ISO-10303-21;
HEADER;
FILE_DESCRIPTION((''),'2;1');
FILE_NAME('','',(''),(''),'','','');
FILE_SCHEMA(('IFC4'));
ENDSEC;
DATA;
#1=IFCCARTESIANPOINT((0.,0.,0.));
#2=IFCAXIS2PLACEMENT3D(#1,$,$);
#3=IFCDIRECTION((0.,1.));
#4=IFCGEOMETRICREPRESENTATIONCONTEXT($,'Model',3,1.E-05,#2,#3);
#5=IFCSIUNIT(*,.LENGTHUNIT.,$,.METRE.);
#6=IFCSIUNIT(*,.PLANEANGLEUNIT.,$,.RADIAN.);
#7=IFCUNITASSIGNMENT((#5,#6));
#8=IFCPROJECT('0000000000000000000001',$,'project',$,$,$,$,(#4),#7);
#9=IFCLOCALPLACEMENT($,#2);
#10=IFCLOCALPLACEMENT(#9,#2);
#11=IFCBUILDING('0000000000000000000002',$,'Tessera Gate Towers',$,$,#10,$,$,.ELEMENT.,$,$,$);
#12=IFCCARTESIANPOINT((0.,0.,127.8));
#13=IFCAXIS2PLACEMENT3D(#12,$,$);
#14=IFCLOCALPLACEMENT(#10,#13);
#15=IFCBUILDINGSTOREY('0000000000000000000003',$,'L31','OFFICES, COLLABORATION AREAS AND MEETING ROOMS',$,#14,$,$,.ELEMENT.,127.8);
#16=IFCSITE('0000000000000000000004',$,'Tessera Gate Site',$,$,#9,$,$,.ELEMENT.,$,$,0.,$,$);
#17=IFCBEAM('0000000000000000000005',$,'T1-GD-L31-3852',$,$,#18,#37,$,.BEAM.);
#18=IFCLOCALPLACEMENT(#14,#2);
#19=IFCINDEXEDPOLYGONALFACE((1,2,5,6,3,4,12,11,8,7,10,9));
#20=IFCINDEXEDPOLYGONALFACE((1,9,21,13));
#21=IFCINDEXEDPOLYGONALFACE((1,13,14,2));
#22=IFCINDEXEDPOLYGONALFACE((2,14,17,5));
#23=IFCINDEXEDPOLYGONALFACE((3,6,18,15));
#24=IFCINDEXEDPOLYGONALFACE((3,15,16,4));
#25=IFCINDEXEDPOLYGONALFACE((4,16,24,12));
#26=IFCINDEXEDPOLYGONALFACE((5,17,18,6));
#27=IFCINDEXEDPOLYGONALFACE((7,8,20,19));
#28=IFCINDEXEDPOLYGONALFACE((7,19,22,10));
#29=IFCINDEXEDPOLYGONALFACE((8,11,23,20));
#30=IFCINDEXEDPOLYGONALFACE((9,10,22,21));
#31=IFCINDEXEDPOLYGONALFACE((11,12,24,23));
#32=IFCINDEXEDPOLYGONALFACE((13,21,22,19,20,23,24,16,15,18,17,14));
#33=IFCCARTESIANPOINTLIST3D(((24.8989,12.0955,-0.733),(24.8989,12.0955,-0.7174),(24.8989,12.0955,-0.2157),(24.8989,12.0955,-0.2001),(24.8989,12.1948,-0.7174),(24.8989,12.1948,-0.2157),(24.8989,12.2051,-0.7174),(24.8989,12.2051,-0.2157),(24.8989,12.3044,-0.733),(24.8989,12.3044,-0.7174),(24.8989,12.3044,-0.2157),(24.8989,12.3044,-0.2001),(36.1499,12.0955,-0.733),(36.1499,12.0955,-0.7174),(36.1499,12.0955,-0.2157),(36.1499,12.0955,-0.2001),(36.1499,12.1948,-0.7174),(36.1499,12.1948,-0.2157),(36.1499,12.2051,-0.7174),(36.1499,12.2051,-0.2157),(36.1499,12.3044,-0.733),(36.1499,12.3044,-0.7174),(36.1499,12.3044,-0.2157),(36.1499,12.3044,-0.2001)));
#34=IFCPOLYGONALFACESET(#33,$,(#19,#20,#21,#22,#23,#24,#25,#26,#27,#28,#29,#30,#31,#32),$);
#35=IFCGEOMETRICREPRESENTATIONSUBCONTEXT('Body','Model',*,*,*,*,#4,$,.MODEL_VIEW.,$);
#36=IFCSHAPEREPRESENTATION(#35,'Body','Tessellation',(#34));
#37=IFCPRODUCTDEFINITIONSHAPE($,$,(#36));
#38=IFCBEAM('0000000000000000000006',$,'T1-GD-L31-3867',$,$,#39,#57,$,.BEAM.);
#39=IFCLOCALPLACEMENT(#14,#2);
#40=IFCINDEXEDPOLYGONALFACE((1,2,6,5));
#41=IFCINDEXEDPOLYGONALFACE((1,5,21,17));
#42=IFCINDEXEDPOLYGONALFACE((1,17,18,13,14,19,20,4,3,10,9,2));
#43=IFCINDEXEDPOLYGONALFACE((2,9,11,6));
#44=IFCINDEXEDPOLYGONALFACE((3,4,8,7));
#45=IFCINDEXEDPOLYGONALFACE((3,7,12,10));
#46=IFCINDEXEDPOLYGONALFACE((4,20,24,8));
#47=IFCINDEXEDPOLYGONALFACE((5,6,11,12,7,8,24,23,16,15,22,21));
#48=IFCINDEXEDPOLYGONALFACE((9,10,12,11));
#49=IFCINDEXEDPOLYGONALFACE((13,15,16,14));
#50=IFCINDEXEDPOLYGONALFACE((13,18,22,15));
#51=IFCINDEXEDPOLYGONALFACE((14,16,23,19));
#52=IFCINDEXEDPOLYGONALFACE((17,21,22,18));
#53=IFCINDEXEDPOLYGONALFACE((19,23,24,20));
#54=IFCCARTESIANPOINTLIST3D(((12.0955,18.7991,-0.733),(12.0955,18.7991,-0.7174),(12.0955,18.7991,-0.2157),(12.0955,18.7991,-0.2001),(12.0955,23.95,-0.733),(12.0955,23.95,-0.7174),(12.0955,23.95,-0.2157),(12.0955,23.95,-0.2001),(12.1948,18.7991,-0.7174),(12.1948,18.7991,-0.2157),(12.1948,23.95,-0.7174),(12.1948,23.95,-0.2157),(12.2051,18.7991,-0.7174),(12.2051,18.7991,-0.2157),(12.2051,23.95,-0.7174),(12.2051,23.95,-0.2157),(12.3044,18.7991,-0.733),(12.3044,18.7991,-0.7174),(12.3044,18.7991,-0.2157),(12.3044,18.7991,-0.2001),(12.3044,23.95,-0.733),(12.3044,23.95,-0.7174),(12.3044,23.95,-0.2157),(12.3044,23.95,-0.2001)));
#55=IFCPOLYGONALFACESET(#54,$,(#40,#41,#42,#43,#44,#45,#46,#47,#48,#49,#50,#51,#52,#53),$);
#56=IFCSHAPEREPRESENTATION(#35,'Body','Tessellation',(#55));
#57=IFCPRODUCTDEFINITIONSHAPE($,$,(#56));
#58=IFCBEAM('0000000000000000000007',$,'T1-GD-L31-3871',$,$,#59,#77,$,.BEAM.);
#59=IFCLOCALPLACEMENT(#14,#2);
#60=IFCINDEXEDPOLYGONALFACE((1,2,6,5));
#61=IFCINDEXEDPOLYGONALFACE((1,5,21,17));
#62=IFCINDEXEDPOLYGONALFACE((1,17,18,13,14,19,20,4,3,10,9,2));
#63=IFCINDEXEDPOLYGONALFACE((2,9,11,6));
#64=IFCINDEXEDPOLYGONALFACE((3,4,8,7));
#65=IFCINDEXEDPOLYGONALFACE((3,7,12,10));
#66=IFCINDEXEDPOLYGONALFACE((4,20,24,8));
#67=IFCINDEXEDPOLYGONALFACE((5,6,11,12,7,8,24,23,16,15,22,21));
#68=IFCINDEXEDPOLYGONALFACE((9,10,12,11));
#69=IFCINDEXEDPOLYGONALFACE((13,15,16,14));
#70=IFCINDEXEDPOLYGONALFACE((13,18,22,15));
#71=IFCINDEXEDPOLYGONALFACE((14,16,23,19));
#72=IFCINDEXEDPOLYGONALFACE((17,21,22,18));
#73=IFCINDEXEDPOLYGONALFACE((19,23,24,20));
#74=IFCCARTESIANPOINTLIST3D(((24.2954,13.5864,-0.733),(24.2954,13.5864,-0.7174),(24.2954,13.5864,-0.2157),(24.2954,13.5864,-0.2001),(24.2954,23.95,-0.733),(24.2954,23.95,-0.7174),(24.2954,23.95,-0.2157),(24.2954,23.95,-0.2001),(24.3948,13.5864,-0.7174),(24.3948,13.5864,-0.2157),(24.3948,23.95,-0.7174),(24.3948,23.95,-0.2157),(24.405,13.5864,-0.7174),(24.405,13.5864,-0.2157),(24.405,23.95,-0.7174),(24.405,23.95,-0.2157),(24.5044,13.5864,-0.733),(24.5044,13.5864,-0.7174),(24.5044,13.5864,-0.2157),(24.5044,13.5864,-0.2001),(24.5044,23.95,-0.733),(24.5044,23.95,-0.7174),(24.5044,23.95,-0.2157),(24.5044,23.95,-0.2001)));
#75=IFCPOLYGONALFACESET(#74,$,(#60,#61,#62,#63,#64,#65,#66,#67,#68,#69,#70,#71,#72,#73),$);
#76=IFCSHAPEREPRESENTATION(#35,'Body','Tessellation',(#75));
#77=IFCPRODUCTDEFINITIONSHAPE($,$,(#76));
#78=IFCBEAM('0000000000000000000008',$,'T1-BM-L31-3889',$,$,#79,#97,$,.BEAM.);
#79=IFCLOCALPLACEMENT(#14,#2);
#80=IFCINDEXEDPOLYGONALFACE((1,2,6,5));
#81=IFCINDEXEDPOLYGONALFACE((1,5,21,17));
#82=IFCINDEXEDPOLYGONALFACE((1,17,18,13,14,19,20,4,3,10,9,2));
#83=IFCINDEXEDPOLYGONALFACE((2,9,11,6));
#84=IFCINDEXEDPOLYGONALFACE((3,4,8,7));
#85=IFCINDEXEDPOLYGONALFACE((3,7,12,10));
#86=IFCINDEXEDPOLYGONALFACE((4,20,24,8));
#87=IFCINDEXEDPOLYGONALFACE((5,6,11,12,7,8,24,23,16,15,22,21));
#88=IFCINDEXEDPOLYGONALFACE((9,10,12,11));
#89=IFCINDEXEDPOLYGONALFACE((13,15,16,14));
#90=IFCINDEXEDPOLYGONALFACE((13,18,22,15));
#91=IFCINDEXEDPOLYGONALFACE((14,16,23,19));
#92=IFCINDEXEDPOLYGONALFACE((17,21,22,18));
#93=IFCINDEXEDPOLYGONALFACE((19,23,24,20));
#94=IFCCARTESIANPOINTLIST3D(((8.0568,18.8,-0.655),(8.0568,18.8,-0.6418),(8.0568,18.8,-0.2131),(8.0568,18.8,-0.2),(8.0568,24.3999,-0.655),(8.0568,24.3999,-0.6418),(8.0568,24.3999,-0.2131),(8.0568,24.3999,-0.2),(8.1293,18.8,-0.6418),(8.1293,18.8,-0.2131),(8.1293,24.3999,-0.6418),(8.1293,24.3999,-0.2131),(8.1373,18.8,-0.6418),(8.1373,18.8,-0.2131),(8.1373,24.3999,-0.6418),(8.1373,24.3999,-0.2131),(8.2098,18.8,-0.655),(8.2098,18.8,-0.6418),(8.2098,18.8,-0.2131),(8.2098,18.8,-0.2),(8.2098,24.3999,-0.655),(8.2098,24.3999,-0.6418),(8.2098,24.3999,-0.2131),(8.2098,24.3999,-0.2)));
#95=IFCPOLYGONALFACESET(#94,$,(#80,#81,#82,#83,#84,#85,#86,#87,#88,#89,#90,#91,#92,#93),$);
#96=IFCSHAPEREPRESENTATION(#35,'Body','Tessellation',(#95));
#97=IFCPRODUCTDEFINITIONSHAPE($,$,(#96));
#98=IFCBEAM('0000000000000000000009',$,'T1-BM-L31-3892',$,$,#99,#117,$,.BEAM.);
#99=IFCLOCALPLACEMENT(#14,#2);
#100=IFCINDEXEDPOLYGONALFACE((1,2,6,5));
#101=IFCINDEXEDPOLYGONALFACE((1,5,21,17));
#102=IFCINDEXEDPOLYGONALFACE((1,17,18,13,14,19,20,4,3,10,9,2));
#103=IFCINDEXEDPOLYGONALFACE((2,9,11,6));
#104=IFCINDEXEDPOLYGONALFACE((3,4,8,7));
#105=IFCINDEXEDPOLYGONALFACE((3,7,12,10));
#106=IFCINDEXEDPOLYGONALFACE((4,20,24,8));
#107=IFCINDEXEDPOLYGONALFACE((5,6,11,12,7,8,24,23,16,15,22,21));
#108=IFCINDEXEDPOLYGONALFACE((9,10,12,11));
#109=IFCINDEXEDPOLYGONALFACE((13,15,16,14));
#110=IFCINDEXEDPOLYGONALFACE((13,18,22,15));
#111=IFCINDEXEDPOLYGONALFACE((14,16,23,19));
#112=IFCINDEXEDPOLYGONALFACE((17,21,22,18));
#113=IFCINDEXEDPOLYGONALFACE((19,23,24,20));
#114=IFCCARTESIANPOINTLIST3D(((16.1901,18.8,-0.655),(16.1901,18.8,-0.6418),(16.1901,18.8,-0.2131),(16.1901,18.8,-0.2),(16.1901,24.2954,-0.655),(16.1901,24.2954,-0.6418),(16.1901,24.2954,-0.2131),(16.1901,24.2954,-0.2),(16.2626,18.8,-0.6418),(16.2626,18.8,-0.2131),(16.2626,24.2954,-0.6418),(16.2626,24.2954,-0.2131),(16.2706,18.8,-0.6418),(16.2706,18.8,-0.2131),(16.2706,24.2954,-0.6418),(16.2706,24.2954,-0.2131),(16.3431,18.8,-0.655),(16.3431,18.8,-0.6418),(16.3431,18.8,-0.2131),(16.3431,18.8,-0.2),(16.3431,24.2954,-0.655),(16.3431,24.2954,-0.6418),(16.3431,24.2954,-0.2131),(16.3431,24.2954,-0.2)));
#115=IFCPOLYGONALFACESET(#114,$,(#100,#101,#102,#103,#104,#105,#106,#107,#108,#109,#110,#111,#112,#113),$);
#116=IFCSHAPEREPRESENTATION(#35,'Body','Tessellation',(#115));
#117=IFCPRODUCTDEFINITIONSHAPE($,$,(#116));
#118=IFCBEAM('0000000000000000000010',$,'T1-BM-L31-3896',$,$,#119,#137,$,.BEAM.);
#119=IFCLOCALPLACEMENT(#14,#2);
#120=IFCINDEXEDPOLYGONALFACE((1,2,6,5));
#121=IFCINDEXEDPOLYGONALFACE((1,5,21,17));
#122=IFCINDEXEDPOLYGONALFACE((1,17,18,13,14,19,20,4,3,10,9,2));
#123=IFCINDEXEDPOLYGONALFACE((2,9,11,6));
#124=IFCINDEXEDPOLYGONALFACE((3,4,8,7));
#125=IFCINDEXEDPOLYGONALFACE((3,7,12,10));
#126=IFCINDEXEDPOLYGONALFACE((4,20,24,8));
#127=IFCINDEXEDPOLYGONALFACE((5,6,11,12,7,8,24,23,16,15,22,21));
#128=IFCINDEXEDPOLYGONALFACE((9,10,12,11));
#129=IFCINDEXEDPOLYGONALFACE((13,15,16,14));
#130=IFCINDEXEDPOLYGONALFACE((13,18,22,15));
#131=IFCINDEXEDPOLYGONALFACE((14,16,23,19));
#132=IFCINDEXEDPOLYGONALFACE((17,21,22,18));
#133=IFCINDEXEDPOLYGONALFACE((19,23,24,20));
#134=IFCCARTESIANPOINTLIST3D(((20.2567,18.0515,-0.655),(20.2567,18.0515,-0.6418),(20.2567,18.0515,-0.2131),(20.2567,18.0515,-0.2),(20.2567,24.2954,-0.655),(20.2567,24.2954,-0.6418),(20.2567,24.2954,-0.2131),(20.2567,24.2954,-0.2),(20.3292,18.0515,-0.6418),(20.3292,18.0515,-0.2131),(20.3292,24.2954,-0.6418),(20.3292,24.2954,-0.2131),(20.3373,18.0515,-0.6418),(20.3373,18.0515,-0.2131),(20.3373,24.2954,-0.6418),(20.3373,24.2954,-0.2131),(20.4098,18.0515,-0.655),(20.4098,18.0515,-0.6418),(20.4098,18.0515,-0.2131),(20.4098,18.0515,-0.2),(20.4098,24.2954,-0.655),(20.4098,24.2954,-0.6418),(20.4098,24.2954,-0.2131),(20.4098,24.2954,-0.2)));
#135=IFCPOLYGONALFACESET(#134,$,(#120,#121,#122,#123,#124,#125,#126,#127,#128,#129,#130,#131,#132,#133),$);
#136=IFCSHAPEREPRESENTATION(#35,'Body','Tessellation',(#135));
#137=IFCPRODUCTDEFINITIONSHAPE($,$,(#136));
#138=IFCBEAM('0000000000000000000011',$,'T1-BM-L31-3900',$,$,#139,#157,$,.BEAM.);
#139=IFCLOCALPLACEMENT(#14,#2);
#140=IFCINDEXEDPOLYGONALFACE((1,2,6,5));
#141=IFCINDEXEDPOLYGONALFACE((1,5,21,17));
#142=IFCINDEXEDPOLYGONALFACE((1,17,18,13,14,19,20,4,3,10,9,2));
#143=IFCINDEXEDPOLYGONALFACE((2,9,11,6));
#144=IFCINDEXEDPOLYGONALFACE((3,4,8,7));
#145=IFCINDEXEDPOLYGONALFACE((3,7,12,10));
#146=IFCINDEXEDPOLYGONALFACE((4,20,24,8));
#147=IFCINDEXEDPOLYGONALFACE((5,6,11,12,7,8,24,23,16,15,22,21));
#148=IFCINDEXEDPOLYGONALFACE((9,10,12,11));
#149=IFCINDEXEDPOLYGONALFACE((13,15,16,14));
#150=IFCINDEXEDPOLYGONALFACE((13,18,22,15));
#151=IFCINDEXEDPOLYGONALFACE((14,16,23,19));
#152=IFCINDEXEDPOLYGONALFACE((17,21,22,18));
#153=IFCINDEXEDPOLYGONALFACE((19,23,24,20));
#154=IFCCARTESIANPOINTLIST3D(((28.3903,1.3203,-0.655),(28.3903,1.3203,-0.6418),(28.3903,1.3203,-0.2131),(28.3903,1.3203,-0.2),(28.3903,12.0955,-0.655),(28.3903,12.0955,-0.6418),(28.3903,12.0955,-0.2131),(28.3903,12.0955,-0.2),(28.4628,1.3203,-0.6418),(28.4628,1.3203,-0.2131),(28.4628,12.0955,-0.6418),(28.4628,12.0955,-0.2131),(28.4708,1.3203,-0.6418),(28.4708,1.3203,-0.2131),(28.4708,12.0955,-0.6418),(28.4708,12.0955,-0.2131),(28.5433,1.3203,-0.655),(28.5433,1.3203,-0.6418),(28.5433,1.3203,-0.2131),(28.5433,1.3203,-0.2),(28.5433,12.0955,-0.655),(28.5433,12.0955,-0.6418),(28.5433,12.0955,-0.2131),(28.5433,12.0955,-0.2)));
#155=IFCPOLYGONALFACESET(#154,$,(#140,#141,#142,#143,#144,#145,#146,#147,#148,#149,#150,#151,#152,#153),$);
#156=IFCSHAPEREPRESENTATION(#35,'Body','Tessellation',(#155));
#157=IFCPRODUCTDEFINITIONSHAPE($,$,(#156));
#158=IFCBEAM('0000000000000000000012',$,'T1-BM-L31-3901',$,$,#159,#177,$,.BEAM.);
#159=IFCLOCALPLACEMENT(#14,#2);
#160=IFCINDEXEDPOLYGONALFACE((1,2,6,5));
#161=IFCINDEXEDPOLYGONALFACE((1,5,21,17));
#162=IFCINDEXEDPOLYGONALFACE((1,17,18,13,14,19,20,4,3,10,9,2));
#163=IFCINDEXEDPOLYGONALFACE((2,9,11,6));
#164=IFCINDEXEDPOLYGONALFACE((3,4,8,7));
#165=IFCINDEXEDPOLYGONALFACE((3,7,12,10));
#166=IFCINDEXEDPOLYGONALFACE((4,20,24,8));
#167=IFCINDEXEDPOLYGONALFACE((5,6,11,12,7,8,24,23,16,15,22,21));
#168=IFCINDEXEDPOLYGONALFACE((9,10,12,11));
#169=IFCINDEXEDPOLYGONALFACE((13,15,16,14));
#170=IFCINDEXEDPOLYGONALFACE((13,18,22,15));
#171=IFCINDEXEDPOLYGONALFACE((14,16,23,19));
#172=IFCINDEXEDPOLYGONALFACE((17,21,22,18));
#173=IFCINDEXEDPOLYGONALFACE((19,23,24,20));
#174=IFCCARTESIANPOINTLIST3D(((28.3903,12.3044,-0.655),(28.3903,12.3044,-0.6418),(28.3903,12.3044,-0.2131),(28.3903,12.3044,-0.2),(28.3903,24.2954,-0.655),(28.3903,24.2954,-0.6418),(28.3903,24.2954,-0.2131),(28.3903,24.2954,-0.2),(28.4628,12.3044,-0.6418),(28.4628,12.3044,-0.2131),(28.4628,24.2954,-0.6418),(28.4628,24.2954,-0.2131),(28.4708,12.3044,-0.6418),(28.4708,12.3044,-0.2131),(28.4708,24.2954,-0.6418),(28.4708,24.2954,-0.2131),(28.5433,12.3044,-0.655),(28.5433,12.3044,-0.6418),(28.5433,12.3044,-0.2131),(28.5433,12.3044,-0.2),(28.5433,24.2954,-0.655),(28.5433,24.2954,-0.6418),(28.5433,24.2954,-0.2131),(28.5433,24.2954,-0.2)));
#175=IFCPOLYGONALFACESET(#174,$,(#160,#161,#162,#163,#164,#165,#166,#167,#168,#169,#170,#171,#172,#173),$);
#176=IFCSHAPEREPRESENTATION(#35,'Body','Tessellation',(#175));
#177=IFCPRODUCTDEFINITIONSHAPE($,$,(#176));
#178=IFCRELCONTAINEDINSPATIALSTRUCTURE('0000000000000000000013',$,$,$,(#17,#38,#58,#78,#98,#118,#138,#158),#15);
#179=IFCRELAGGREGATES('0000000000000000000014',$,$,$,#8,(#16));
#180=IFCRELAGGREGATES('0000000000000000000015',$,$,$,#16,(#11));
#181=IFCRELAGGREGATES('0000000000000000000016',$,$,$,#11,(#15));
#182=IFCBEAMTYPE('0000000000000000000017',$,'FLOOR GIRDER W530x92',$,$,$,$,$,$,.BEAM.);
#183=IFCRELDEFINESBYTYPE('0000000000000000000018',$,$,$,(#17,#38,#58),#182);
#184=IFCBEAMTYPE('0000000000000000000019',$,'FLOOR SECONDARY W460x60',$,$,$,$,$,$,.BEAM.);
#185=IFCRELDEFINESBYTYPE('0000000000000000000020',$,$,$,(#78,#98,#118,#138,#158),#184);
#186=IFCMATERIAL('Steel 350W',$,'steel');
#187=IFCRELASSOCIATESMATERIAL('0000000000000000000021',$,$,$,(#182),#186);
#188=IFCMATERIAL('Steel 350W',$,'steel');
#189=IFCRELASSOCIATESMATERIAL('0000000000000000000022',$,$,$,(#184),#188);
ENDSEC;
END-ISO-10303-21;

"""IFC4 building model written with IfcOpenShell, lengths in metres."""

from ifc_helpers import new_model, si_unit, direction, frame, origin, origin_2d, place, context, subcontext, project, spatial, i_section, extrude, material, material_profile, profile_set, type_object, element, save


model = new_model("IFC4")

# Units and contexts
model_context = context("Model", 3, precision=1e-05, world=origin(), true_north=direction((0.0, 1.0)))
body_context = subcontext(model_context, "Body", "Model", "MODEL_VIEW")
ifc_project = project(units=[si_unit("LENGTHUNIT", "METRE"), si_unit("PLANEANGLEUNIT", "RADIAN")], contexts=[model_context])

# Site, building, storey
site_placement = place(None, origin())
site = spatial("IfcSite", under=ifc_project, at=site_placement, Name="Tessera Gate Site", CompositionType="ELEMENT", RefElevation=0.0)
building_placement = place(site_placement, origin())
building = spatial("IfcBuilding", under=site, at=building_placement, Name="Tessera Gate Towers", CompositionType="ELEMENT")
storey_placement = place(building_placement, frame((0.0, 0.0, 127.8)))
storey = spatial("IfcBuildingStorey", under=building, at=storey_placement, Name="L31", Description="OFFICES, COLLABORATION AREAS AND MEETING ROOMS", CompositionType="ELEMENT", Elevation=127.8)

# Beams
ifc_material_1 = material(Name="Steel 350W", Category="steel")
ifc_material_profile_1 = material_profile(ifc_material_1, i_section(OverallWidth=0.209, OverallDepth=0.533, WebThickness=0.0103, FlangeThickness=0.0156, at=origin_2d()), Name="W530x92")
ifc_profile_set_1 = profile_set([ifc_material_profile_1], Name="Steel 350W")
beam_type_1 = type_object("IfcBeamType", Name="FLOOR GIRDER W530x92", PredefinedType="BEAM", material=ifc_profile_set_1)
beam_1_placement = place(storey_placement, frame((24.8989, 12.2, -0.4666), z_axis=(1.0, 0.0, 0.0), x_axis=(0.0, 1.0, 0.0)))
element("IfcBeam", 1, at=beam_1_placement, inside=storey, type_object=beam_type_1, Name="T1-GD-L31-3852", PredefinedType="BEAM", context=body_context, shape_type="SweptSolid", body=[
    extrude(i_section(OverallWidth=0.209, OverallDepth=0.533, WebThickness=0.0103, FlangeThickness=0.0156, at=origin_2d()), origin(), (0.0, 0.0, 1.0), 11.251),
])
beam_2_placement = place(storey_placement, frame((12.2, 18.7991, -0.4666), z_axis=(0.0, 1.0, 0.0), x_axis=(-1.0, 0.0, 0.0)))
element("IfcBeam", 2, at=beam_2_placement, inside=storey, type_object=beam_type_1, Name="T1-GD-L31-3867", PredefinedType="BEAM", context=body_context, shape_type="SweptSolid", body=[
    extrude(i_section(OverallWidth=0.209, OverallDepth=0.533, WebThickness=0.0103, FlangeThickness=0.0156, at=origin_2d()), origin(), (0.0, 0.0, 1.0), 5.1509),
])
beam_3_placement = place(storey_placement, frame((24.3999, 13.5864, -0.4666), z_axis=(0.0, 1.0, 0.0), x_axis=(-1.0, 0.0, 0.0)))
element("IfcBeam", 3, at=beam_3_placement, inside=storey, type_object=beam_type_1, Name="T1-GD-L31-3871", PredefinedType="BEAM", context=body_context, shape_type="SweptSolid", body=[
    extrude(i_section(OverallWidth=0.209, OverallDepth=0.533, WebThickness=0.0103, FlangeThickness=0.0156, at=origin_2d()), origin(), (0.0, 0.0, 1.0), 10.3635),
])
ifc_material_2 = material(Name="Steel 350W", Category="steel")
ifc_material_profile_2 = material_profile(ifc_material_2, i_section(OverallWidth=0.1531, OverallDepth=0.4551, WebThickness=0.0081, FlangeThickness=0.0132, at=origin_2d()), Name="W460x60")
ifc_profile_set_2 = profile_set([ifc_material_profile_2], Name="Steel 350W")
beam_type_2 = type_object("IfcBeamType", Name="FLOOR SECONDARY W460x60", PredefinedType="BEAM", material=ifc_profile_set_2)
beam_4_placement = place(storey_placement, frame((8.1333, 18.8, -0.4275), z_axis=(0.0, 1.0, 0.0), x_axis=(-1.0, 0.0, 0.0)))
element("IfcBeam", 4, at=beam_4_placement, inside=storey, type_object=beam_type_2, Name="T1-BM-L31-3889", PredefinedType="BEAM", context=body_context, shape_type="SweptSolid", body=[
    extrude(i_section(OverallWidth=0.1531, OverallDepth=0.4551, WebThickness=0.0081, FlangeThickness=0.0132, at=origin_2d()), origin(), (0.0, 0.0, 1.0), 5.5999),
])
beam_5_placement = place(storey_placement, frame((16.2666, 18.8, -0.4275), z_axis=(0.0, 1.0, 0.0), x_axis=(-1.0, 0.0, 0.0)))
element("IfcBeam", 5, at=beam_5_placement, inside=storey, type_object=beam_type_2, Name="T1-BM-L31-3892", PredefinedType="BEAM", context=body_context, shape_type="SweptSolid", body=[
    extrude(i_section(OverallWidth=0.1531, OverallDepth=0.4551, WebThickness=0.0081, FlangeThickness=0.0132, at=origin_2d()), origin(), (0.0, 0.0, 1.0), 5.4954),
])
beam_6_placement = place(storey_placement, frame((20.3333, 18.0515, -0.4275), z_axis=(0.0, 1.0, 0.0), x_axis=(-1.0, 0.0, 0.0)))
element("IfcBeam", 6, at=beam_6_placement, inside=storey, type_object=beam_type_2, Name="T1-BM-L31-3896", PredefinedType="BEAM", context=body_context, shape_type="SweptSolid", body=[
    extrude(i_section(OverallWidth=0.1531, OverallDepth=0.4551, WebThickness=0.0081, FlangeThickness=0.0132, at=origin_2d()), origin(), (0.0, 0.0, 1.0), 6.2439),
])
beam_7_placement = place(storey_placement, frame((28.4668, 1.3203, -0.4275), z_axis=(0.0, 1.0, 0.0), x_axis=(-1.0, 0.0, 0.0)))
element("IfcBeam", 7, at=beam_7_placement, inside=storey, type_object=beam_type_2, Name="T1-BM-L31-3900", PredefinedType="BEAM", context=body_context, shape_type="SweptSolid", body=[
    extrude(i_section(OverallWidth=0.1531, OverallDepth=0.4551, WebThickness=0.0081, FlangeThickness=0.0132, at=origin_2d()), origin(), (0.0, 0.0, 1.0), 10.7751),
])
beam_8_placement = place(storey_placement, frame((28.4668, 12.3044, -0.4275), z_axis=(0.0, 1.0, 0.0), x_axis=(-1.0, 0.0, 0.0)))
element("IfcBeam", 8, at=beam_8_placement, inside=storey, type_object=beam_type_2, Name="T1-BM-L31-3901", PredefinedType="BEAM", context=body_context, shape_type="SweptSolid", body=[
    extrude(i_section(OverallWidth=0.1531, OverallDepth=0.4551, WebThickness=0.0081, FlangeThickness=0.0132, at=origin_2d()), origin(), (0.0, 0.0, 1.0), 11.991),
])

save(model, "model.ifc")
